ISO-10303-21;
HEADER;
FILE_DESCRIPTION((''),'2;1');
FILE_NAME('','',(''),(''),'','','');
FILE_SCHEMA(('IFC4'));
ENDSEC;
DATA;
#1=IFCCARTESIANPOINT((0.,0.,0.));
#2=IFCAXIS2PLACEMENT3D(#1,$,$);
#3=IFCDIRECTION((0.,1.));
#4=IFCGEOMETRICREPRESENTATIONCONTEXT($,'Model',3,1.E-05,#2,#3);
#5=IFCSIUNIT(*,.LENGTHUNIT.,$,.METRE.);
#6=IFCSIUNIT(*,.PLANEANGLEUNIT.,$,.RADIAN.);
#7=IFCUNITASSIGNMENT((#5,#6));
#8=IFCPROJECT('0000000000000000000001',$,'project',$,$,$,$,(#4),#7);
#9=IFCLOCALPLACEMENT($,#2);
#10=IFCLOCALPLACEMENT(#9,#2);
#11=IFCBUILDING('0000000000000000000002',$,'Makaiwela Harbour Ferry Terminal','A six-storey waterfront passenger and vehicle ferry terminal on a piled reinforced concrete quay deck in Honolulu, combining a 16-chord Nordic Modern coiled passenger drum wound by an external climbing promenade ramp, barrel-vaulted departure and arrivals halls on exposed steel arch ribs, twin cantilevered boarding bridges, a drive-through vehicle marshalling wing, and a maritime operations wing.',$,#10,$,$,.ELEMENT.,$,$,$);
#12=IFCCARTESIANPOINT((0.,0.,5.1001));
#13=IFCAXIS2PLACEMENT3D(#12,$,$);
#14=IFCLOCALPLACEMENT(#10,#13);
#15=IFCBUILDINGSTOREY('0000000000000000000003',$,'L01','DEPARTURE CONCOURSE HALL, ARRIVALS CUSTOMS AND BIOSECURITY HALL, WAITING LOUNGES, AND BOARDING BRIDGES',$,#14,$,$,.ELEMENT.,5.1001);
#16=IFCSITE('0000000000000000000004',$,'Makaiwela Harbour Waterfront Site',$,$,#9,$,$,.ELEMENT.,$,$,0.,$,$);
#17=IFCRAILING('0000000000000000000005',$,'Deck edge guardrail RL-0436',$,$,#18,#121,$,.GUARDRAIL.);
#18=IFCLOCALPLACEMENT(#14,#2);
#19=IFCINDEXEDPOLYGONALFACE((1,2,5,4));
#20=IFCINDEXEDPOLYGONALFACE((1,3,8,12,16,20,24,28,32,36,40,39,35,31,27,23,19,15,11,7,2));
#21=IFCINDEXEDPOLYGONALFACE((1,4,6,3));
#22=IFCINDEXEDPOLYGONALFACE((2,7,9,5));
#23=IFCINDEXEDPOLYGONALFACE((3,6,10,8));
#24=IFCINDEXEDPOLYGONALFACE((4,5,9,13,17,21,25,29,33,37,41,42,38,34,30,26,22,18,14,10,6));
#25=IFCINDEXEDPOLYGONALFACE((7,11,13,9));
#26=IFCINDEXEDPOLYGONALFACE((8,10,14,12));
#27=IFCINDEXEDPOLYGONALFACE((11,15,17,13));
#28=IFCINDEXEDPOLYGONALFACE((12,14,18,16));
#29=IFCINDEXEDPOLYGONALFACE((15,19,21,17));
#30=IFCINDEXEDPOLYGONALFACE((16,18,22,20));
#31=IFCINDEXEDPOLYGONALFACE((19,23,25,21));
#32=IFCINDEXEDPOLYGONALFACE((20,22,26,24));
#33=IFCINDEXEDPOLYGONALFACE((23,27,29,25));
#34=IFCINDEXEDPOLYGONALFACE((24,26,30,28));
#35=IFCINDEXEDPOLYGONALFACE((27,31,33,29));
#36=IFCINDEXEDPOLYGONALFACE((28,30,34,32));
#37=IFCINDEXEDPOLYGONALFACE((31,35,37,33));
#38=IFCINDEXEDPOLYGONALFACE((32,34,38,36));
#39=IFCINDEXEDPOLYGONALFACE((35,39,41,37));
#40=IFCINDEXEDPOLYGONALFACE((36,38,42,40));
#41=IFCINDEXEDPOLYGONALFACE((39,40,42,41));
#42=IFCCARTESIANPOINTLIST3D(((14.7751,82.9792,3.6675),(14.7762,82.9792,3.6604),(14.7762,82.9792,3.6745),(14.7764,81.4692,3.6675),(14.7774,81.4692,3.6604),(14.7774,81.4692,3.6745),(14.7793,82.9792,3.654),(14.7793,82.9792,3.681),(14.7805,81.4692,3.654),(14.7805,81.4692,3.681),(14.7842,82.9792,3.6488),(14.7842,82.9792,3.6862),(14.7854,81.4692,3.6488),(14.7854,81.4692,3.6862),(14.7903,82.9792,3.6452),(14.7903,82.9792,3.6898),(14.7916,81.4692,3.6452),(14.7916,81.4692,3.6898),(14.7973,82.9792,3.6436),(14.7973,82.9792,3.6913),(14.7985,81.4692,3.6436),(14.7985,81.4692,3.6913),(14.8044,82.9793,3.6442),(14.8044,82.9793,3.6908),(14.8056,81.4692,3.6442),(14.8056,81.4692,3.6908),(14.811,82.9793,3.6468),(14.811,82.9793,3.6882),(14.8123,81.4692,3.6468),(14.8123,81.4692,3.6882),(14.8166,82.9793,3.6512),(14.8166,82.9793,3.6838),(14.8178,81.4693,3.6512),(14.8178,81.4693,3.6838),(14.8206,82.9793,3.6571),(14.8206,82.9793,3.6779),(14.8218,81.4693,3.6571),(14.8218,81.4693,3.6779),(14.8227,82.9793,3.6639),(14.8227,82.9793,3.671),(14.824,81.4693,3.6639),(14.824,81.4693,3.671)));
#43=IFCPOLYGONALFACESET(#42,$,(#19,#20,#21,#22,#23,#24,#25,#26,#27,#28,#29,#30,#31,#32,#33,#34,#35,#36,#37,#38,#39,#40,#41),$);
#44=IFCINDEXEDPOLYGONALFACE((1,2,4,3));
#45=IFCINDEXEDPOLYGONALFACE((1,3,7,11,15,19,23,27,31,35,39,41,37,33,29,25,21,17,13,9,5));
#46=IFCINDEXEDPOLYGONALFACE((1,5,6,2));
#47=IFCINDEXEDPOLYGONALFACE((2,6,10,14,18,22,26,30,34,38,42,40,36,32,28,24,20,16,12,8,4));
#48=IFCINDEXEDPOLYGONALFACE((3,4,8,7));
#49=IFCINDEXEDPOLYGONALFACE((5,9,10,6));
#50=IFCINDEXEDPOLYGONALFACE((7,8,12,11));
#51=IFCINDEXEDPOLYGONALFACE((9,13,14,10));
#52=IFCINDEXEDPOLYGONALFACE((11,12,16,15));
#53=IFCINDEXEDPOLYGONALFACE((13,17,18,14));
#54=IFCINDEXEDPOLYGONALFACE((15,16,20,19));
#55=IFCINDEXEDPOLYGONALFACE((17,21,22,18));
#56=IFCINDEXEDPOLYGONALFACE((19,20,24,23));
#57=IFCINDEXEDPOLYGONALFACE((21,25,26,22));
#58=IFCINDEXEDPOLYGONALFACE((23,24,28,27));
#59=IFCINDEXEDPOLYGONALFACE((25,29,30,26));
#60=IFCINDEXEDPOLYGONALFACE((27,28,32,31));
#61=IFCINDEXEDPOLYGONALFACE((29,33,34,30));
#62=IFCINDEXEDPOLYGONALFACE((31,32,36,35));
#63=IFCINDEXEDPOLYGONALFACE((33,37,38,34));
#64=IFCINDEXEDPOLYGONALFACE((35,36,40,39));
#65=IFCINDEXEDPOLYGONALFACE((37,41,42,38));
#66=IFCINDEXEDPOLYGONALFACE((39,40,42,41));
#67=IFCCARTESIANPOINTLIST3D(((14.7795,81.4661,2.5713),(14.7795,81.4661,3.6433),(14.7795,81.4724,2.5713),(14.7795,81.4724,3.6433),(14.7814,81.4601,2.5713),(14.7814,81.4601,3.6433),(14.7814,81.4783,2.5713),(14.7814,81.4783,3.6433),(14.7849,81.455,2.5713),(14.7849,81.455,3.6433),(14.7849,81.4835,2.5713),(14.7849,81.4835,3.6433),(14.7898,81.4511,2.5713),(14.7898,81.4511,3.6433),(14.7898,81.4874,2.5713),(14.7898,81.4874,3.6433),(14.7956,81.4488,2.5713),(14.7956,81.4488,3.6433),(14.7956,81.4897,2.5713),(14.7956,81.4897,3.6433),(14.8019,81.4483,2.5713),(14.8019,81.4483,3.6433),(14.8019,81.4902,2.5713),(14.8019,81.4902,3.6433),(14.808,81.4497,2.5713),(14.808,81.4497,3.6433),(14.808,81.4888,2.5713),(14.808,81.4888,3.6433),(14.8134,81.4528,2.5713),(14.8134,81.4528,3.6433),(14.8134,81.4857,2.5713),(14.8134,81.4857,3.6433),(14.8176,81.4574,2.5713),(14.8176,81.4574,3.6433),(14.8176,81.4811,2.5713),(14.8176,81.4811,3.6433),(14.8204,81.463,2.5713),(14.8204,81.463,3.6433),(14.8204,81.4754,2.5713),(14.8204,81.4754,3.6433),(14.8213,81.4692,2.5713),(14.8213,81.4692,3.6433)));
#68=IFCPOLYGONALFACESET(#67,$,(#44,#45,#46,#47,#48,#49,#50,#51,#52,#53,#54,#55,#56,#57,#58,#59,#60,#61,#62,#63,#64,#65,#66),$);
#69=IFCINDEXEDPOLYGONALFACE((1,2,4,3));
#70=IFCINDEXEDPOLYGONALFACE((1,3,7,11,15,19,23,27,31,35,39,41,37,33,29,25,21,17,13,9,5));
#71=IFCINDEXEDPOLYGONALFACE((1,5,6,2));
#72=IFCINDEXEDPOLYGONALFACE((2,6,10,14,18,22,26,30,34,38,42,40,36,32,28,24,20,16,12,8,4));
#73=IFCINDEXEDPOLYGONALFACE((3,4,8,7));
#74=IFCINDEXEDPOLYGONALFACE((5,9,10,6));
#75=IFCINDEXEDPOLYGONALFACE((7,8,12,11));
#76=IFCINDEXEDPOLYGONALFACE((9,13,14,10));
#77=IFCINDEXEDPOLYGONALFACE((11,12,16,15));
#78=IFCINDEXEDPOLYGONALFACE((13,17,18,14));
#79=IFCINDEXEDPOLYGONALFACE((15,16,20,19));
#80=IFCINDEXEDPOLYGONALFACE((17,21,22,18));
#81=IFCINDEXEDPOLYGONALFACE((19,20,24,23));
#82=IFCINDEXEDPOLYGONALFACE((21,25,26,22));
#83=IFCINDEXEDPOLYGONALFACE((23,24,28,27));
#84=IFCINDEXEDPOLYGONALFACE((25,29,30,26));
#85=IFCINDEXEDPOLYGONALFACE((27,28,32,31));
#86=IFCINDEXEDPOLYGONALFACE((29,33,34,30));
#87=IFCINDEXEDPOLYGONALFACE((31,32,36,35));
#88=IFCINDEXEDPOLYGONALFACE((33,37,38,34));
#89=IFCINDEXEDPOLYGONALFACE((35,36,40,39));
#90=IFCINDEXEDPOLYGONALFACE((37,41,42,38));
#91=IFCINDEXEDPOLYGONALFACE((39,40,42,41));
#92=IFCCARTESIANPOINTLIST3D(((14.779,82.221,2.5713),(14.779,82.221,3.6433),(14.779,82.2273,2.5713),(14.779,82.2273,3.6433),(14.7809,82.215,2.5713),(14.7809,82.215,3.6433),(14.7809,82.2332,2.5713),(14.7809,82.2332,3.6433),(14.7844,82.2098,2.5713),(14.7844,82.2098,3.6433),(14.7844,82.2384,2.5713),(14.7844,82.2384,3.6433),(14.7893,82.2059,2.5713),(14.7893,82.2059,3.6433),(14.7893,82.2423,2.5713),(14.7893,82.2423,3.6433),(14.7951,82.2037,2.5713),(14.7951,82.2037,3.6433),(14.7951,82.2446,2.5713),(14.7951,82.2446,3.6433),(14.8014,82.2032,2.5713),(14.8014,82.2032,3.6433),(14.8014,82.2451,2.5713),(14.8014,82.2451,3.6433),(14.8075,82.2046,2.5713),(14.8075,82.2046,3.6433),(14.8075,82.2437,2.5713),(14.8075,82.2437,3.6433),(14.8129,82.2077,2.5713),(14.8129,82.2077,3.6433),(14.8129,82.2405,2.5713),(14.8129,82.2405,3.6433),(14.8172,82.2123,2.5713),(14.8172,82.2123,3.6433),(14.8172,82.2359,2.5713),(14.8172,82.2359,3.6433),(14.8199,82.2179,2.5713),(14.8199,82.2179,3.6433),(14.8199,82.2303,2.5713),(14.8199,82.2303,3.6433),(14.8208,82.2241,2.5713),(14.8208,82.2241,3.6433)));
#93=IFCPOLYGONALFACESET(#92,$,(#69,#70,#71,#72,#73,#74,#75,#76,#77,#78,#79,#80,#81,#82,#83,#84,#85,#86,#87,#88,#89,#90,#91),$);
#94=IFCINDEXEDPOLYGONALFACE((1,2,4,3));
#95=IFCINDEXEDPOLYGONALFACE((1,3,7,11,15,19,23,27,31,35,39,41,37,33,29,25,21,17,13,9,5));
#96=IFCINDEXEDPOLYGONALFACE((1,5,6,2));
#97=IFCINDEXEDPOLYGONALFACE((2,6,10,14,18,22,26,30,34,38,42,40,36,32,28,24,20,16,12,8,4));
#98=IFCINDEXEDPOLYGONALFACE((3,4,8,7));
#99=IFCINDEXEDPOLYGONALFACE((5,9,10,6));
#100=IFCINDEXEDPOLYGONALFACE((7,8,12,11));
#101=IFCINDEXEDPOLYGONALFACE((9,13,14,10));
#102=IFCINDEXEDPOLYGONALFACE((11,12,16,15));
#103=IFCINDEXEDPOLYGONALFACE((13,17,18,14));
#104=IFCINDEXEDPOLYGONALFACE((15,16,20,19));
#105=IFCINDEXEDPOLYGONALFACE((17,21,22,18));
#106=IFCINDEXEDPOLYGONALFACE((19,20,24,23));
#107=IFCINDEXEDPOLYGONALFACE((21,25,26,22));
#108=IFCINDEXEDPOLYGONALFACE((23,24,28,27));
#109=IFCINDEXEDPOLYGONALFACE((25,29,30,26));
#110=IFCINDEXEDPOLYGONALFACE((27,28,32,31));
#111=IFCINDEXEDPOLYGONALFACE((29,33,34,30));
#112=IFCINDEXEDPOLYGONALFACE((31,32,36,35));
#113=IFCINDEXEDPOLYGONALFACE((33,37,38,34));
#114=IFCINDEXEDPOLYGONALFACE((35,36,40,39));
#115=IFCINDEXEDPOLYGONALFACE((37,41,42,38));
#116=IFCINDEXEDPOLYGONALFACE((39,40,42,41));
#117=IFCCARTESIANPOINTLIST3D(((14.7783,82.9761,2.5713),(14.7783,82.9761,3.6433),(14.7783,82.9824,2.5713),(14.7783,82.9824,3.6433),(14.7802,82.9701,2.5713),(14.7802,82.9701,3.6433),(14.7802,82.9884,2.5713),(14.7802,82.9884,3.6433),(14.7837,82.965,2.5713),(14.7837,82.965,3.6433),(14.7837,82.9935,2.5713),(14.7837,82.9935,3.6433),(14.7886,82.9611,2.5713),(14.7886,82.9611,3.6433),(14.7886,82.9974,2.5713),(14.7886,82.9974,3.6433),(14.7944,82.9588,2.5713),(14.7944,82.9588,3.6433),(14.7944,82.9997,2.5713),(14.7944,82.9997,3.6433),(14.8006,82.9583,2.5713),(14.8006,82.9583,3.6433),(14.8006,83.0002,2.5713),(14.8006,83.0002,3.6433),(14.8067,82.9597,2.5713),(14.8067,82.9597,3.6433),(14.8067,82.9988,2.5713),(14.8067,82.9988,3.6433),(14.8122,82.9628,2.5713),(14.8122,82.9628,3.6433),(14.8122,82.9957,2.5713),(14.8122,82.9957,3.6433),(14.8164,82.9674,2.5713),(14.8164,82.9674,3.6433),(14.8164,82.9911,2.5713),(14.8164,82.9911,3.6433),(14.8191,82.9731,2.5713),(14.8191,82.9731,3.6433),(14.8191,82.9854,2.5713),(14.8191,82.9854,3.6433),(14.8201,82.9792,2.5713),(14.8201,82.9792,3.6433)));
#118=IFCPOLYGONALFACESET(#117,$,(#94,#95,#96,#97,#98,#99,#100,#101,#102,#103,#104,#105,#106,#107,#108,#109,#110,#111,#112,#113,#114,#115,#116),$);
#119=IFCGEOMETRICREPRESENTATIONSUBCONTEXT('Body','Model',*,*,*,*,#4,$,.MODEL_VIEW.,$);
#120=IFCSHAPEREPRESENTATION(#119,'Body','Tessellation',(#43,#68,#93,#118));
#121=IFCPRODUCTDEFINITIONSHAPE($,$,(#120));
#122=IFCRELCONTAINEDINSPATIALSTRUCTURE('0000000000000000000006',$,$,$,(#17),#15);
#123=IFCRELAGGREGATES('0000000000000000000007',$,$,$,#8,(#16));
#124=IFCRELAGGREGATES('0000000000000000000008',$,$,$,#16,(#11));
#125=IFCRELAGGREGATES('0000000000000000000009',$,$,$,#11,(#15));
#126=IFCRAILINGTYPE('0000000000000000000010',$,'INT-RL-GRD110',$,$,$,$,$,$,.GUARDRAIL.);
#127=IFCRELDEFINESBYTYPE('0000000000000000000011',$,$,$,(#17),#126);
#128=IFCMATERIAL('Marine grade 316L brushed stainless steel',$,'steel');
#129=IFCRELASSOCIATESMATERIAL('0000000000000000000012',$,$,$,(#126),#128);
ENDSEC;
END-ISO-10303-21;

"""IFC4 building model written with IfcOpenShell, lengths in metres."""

from ifc_helpers import new_model, si_unit, direction, frame, origin, origin_2d, place, context, subcontext, project, spatial, circle, extrude, material, type_object, element, save


model = new_model("IFC4")

# Units and contexts
model_context = context("Model", 3, precision=1e-05, world=origin(), true_north=direction((0.0, 1.0)))
body_context = subcontext(model_context, "Body", "Model", "MODEL_VIEW")
ifc_project = project(units=[si_unit("LENGTHUNIT", "METRE"), si_unit("PLANEANGLEUNIT", "RADIAN")], contexts=[model_context])

# Site, building, storey
site_placement = place(None, origin())
site = spatial("IfcSite", under=ifc_project, at=site_placement, Name="Makaiwela Harbour Waterfront Site", CompositionType="ELEMENT", RefElevation=0.0)
building_placement = place(site_placement, origin())
building = spatial("IfcBuilding", under=site, at=building_placement, Name="Makaiwela Harbour Ferry Terminal", Description="A six-storey waterfront passenger and vehicle ferry terminal on a piled reinforced concrete quay deck in Honolulu, combining a 16-chord Nordic Modern coiled passenger drum wound by an external climbing promenade ramp, barrel-vaulted departure and arrivals halls on exposed steel arch ribs, twin cantilevered boarding bridges, a drive-through vehicle marshalling wing, and a maritime operations wing.", CompositionType="ELEMENT")
storey_placement = place(building_placement, frame((0.0, 0.0, 5.1001)))
storey = spatial("IfcBuildingStorey", under=building, at=storey_placement, Name="L01", Description="DEPARTURE CONCOURSE HALL, ARRIVALS CUSTOMS AND BIOSECURITY HALL, WAITING LOUNGES, AND BOARDING BRIDGES", CompositionType="ELEMENT", Elevation=5.1001)

# Railing
ifc_material_1 = material(Name="Marine grade 316L brushed stainless steel", Category="steel")
railing_type_1 = type_object("IfcRailingType", Name="INT-RL-GRD110", PredefinedType="GUARDRAIL", material=ifc_material_1)
railing_1_placement = place(storey_placement, frame((14.8003, 81.4692, 2.5713)))
element("IfcRailing", 1, at=railing_1_placement, inside=storey, type_object=railing_type_1, Name="Deck edge guardrail RL-0436", PredefinedType="GUARDRAIL", context=body_context, shape_type="SweptSolid", body=[
    extrude(circle(Radius=0.0239, at=origin_2d()), frame((0.0, 0.0, 1.0962), z_axis=(-0.000808, 1.0, 0.0), x_axis=(-1.0, -0.000808, 0.0)), (0.0, 0.0, 1.0), 1.51),
    extrude(circle(Radius=0.021, at=origin_2d()), origin(), (0.0, 0.0, 1.0), 1.072),
    extrude(circle(Radius=0.021, at=origin_2d()), frame((-0.0005, 0.7549, 0.0)), (0.0, 0.0, 1.0), 1.072),
    extrude(circle(Radius=0.021, at=origin_2d()), frame((-0.0012, 1.51, 0.0)), (0.0, 0.0, 1.0), 1.072),
])

save(model, "model.ifc")
